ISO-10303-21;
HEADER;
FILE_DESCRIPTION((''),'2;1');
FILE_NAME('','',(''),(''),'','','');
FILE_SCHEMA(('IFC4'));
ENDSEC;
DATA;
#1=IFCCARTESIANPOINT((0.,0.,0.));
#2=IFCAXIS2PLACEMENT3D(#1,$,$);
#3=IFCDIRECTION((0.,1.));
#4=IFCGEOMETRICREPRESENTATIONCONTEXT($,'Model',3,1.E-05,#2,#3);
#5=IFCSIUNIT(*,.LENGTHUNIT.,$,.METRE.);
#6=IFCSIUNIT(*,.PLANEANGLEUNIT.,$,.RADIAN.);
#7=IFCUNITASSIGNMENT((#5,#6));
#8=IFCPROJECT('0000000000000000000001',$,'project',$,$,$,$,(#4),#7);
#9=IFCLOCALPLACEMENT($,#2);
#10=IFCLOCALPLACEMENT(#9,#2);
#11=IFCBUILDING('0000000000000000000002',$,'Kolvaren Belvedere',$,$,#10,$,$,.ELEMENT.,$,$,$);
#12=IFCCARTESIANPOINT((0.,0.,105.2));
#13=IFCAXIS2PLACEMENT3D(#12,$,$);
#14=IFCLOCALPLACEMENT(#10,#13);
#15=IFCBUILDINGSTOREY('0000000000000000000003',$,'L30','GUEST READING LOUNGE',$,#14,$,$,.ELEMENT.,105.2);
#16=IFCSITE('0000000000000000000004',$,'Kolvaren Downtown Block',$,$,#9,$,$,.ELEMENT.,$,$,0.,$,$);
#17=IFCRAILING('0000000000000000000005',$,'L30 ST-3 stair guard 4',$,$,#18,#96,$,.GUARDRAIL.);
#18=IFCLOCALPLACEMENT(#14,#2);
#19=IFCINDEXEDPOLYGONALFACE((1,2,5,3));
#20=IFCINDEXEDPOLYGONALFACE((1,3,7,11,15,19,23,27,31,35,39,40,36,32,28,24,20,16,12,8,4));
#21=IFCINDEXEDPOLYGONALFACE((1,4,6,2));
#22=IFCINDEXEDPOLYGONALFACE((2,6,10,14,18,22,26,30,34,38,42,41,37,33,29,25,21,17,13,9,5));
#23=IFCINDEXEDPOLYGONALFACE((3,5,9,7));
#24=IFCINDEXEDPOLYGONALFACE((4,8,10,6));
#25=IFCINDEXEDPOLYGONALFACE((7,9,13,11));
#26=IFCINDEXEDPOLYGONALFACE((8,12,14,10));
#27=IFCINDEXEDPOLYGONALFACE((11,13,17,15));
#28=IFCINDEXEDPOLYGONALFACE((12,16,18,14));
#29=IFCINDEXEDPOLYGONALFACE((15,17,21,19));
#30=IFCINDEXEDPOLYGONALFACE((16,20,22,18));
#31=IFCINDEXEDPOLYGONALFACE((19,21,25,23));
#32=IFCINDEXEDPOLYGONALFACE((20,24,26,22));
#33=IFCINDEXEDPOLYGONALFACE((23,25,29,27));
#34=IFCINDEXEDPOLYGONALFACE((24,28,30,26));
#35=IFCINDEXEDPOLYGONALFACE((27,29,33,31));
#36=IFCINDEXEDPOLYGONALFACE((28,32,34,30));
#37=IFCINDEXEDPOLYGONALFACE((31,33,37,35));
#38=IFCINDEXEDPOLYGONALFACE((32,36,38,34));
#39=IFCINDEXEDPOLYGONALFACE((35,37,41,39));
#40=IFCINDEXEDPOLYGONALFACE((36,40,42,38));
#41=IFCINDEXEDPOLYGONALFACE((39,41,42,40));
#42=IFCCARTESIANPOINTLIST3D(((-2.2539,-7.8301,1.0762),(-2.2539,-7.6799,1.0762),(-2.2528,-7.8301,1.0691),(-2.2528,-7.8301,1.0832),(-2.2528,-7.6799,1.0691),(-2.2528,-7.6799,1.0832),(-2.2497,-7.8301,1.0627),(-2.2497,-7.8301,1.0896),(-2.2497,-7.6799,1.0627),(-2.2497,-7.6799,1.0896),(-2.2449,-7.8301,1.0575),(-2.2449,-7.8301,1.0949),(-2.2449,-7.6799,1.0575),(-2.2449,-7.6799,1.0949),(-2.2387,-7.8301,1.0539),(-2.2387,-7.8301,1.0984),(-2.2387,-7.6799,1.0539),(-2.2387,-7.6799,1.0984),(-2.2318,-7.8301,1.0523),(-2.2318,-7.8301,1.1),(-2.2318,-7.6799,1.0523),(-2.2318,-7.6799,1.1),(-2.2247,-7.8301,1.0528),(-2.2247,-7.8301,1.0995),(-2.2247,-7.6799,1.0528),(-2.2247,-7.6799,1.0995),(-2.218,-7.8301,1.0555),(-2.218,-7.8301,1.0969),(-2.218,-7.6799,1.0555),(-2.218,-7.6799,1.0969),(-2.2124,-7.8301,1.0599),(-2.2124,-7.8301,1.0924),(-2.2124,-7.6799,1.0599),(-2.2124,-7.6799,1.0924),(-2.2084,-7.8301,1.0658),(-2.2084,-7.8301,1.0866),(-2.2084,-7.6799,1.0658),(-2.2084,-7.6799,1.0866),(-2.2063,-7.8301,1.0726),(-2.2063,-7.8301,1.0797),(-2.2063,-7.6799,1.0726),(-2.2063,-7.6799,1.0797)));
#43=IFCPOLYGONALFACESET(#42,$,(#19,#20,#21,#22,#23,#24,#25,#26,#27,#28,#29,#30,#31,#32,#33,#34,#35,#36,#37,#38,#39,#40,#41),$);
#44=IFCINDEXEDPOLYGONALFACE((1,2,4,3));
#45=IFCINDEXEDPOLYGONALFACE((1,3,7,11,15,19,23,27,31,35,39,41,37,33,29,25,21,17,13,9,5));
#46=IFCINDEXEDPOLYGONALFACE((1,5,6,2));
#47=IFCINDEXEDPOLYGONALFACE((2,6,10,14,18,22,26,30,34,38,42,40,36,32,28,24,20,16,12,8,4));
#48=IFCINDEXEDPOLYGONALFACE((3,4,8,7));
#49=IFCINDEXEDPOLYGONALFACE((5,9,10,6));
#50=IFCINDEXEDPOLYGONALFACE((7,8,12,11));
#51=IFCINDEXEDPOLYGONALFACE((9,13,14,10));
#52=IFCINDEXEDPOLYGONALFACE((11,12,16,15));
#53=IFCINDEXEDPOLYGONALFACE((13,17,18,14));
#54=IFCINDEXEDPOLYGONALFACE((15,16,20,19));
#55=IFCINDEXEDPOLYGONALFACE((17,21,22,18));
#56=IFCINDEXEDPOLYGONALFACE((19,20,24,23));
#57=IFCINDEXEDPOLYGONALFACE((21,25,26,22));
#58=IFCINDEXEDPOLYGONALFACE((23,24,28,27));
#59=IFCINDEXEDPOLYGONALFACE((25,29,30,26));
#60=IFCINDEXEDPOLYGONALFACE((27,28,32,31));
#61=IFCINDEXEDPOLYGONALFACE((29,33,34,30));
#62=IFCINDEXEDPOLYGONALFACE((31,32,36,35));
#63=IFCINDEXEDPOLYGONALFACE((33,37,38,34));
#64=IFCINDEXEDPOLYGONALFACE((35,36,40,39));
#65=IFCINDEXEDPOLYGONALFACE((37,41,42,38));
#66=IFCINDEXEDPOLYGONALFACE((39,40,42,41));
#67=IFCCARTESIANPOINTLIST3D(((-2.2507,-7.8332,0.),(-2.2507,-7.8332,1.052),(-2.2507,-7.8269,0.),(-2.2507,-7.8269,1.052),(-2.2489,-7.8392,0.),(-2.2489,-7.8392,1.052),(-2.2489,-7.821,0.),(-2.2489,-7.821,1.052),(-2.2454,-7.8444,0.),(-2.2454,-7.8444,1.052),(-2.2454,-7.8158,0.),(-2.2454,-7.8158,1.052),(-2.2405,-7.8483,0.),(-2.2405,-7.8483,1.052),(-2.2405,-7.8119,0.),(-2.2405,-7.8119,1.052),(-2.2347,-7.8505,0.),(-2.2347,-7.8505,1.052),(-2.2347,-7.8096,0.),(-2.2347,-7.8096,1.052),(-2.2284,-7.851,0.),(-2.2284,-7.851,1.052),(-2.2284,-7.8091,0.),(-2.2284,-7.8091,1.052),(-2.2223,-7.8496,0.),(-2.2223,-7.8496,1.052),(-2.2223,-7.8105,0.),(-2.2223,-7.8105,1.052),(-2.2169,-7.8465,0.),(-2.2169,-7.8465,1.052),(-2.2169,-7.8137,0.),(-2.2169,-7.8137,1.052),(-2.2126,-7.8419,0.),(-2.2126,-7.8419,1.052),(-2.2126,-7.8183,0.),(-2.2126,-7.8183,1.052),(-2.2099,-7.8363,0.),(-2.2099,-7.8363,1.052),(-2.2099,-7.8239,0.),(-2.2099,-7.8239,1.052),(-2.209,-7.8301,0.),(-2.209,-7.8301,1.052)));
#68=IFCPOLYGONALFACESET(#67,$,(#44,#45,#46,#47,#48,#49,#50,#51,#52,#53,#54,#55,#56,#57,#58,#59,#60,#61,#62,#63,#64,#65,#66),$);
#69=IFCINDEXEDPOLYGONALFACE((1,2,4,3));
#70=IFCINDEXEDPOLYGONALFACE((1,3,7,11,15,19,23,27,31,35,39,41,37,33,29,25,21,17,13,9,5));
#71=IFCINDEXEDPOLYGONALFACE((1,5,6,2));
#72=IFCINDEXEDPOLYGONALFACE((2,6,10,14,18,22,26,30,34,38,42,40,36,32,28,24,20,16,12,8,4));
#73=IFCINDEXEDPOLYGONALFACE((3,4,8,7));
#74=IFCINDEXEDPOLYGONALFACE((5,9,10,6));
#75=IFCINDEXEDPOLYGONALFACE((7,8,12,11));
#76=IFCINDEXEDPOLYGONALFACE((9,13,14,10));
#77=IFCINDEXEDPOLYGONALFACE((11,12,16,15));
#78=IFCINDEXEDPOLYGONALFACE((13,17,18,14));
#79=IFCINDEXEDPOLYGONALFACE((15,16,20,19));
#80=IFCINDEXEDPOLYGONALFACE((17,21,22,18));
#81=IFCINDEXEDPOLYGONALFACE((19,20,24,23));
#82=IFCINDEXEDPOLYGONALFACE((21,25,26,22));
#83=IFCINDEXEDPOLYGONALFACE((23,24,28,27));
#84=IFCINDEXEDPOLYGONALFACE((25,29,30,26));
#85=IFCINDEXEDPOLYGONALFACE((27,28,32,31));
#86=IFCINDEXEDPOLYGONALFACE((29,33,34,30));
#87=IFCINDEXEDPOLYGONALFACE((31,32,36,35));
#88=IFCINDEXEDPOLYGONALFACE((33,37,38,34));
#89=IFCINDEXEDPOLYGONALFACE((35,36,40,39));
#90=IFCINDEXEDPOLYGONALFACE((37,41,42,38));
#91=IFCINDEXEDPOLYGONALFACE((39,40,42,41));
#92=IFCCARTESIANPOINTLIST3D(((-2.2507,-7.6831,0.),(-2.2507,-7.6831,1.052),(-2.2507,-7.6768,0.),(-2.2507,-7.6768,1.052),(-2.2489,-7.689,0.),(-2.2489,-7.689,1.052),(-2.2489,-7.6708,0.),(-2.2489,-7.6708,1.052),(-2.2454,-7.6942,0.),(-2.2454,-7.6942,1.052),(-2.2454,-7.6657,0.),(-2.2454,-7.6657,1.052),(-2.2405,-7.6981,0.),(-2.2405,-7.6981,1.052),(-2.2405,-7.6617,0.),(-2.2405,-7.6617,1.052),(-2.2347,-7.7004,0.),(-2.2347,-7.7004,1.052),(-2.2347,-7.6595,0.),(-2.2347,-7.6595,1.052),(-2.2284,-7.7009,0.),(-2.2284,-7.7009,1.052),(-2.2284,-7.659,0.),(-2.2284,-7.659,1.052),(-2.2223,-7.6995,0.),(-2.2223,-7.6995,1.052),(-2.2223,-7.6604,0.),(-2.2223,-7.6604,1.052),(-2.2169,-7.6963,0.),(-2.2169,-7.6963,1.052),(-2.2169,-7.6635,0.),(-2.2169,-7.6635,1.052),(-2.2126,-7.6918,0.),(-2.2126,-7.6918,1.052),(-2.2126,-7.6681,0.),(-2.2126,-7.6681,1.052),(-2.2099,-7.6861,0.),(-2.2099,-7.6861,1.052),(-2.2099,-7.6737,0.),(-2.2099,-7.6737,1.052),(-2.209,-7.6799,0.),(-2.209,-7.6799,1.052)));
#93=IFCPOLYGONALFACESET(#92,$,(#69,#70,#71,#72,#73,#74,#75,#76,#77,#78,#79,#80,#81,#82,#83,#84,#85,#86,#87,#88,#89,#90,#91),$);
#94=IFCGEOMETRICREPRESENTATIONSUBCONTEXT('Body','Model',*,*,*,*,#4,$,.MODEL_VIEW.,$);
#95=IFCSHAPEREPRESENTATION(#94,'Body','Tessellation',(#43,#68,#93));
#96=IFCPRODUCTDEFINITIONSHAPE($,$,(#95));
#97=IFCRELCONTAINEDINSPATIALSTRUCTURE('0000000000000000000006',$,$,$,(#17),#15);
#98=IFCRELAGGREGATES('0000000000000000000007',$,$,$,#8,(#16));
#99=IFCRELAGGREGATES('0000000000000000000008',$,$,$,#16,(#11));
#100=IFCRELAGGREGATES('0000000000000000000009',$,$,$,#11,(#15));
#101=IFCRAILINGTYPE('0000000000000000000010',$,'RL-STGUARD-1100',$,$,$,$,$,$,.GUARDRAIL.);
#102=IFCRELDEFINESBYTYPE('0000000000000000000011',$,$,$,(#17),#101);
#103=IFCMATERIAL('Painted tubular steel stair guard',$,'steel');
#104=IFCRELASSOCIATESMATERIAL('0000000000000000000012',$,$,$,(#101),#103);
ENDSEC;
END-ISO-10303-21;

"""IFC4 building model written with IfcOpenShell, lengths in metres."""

from ifc_helpers import new_model, si_unit, direction, frame, origin, origin_2d, place, context, subcontext, project, spatial, circle, extrude, material, type_object, element, save


model = new_model("IFC4")

# Units and contexts
model_context = context("Model", 3, precision=1e-05, world=origin(), true_north=direction((0.0, 1.0)))
body_context = subcontext(model_context, "Body", "Model", "MODEL_VIEW")
ifc_project = project(units=[si_unit("LENGTHUNIT", "METRE"), si_unit("PLANEANGLEUNIT", "RADIAN")], contexts=[model_context])

# Site, building, storey
site_placement = place(None, origin())
site = spatial("IfcSite", under=ifc_project, at=site_placement, Name="Kolvaren Downtown Block", CompositionType="ELEMENT", RefElevation=0.0)
building_placement = place(site_placement, origin())
building = spatial("IfcBuilding", under=site, at=building_placement, Name="Kolvaren Belvedere", CompositionType="ELEMENT")
storey_placement = place(building_placement, frame((0.0, 0.0, 105.2)))
storey = spatial("IfcBuildingStorey", under=building, at=storey_placement, Name="L30", Description="GUEST READING LOUNGE", CompositionType="ELEMENT", Elevation=105.2)

# Railing
ifc_material_1 = material(Name="Painted tubular steel stair guard", Category="steel")
railing_type_1 = type_object("IfcRailingType", Name="RL-STGUARD-1100", PredefinedType="GUARDRAIL", material=ifc_material_1)
railing_1_placement = place(storey_placement, frame((-2.23, -7.8301, 0.0)))
element("IfcRailing", 1, at=railing_1_placement, inside=storey, type_object=railing_type_1, Name="L30 ST-3 stair guard 4", PredefinedType="GUARDRAIL", context=body_context, shape_type="SweptSolid", body=[
    extrude(circle(Radius=0.0239, at=origin_2d()), frame((0.0, 0.0, 1.0762), z_axis=(0.0, 1.0, 0.0), x_axis=(-1.0, 0.0, 0.0)), (0.0, 0.0, 1.0), 0.1501),
    extrude(circle(Radius=0.021, at=origin_2d()), origin(), (0.0, 0.0, 1.0), 1.052),
    extrude(circle(Radius=0.021, at=origin_2d()), frame((0.0, 0.1501, 0.0)), (0.0, 0.0, 1.0), 1.052),
])

save(model, "model.ifc")
